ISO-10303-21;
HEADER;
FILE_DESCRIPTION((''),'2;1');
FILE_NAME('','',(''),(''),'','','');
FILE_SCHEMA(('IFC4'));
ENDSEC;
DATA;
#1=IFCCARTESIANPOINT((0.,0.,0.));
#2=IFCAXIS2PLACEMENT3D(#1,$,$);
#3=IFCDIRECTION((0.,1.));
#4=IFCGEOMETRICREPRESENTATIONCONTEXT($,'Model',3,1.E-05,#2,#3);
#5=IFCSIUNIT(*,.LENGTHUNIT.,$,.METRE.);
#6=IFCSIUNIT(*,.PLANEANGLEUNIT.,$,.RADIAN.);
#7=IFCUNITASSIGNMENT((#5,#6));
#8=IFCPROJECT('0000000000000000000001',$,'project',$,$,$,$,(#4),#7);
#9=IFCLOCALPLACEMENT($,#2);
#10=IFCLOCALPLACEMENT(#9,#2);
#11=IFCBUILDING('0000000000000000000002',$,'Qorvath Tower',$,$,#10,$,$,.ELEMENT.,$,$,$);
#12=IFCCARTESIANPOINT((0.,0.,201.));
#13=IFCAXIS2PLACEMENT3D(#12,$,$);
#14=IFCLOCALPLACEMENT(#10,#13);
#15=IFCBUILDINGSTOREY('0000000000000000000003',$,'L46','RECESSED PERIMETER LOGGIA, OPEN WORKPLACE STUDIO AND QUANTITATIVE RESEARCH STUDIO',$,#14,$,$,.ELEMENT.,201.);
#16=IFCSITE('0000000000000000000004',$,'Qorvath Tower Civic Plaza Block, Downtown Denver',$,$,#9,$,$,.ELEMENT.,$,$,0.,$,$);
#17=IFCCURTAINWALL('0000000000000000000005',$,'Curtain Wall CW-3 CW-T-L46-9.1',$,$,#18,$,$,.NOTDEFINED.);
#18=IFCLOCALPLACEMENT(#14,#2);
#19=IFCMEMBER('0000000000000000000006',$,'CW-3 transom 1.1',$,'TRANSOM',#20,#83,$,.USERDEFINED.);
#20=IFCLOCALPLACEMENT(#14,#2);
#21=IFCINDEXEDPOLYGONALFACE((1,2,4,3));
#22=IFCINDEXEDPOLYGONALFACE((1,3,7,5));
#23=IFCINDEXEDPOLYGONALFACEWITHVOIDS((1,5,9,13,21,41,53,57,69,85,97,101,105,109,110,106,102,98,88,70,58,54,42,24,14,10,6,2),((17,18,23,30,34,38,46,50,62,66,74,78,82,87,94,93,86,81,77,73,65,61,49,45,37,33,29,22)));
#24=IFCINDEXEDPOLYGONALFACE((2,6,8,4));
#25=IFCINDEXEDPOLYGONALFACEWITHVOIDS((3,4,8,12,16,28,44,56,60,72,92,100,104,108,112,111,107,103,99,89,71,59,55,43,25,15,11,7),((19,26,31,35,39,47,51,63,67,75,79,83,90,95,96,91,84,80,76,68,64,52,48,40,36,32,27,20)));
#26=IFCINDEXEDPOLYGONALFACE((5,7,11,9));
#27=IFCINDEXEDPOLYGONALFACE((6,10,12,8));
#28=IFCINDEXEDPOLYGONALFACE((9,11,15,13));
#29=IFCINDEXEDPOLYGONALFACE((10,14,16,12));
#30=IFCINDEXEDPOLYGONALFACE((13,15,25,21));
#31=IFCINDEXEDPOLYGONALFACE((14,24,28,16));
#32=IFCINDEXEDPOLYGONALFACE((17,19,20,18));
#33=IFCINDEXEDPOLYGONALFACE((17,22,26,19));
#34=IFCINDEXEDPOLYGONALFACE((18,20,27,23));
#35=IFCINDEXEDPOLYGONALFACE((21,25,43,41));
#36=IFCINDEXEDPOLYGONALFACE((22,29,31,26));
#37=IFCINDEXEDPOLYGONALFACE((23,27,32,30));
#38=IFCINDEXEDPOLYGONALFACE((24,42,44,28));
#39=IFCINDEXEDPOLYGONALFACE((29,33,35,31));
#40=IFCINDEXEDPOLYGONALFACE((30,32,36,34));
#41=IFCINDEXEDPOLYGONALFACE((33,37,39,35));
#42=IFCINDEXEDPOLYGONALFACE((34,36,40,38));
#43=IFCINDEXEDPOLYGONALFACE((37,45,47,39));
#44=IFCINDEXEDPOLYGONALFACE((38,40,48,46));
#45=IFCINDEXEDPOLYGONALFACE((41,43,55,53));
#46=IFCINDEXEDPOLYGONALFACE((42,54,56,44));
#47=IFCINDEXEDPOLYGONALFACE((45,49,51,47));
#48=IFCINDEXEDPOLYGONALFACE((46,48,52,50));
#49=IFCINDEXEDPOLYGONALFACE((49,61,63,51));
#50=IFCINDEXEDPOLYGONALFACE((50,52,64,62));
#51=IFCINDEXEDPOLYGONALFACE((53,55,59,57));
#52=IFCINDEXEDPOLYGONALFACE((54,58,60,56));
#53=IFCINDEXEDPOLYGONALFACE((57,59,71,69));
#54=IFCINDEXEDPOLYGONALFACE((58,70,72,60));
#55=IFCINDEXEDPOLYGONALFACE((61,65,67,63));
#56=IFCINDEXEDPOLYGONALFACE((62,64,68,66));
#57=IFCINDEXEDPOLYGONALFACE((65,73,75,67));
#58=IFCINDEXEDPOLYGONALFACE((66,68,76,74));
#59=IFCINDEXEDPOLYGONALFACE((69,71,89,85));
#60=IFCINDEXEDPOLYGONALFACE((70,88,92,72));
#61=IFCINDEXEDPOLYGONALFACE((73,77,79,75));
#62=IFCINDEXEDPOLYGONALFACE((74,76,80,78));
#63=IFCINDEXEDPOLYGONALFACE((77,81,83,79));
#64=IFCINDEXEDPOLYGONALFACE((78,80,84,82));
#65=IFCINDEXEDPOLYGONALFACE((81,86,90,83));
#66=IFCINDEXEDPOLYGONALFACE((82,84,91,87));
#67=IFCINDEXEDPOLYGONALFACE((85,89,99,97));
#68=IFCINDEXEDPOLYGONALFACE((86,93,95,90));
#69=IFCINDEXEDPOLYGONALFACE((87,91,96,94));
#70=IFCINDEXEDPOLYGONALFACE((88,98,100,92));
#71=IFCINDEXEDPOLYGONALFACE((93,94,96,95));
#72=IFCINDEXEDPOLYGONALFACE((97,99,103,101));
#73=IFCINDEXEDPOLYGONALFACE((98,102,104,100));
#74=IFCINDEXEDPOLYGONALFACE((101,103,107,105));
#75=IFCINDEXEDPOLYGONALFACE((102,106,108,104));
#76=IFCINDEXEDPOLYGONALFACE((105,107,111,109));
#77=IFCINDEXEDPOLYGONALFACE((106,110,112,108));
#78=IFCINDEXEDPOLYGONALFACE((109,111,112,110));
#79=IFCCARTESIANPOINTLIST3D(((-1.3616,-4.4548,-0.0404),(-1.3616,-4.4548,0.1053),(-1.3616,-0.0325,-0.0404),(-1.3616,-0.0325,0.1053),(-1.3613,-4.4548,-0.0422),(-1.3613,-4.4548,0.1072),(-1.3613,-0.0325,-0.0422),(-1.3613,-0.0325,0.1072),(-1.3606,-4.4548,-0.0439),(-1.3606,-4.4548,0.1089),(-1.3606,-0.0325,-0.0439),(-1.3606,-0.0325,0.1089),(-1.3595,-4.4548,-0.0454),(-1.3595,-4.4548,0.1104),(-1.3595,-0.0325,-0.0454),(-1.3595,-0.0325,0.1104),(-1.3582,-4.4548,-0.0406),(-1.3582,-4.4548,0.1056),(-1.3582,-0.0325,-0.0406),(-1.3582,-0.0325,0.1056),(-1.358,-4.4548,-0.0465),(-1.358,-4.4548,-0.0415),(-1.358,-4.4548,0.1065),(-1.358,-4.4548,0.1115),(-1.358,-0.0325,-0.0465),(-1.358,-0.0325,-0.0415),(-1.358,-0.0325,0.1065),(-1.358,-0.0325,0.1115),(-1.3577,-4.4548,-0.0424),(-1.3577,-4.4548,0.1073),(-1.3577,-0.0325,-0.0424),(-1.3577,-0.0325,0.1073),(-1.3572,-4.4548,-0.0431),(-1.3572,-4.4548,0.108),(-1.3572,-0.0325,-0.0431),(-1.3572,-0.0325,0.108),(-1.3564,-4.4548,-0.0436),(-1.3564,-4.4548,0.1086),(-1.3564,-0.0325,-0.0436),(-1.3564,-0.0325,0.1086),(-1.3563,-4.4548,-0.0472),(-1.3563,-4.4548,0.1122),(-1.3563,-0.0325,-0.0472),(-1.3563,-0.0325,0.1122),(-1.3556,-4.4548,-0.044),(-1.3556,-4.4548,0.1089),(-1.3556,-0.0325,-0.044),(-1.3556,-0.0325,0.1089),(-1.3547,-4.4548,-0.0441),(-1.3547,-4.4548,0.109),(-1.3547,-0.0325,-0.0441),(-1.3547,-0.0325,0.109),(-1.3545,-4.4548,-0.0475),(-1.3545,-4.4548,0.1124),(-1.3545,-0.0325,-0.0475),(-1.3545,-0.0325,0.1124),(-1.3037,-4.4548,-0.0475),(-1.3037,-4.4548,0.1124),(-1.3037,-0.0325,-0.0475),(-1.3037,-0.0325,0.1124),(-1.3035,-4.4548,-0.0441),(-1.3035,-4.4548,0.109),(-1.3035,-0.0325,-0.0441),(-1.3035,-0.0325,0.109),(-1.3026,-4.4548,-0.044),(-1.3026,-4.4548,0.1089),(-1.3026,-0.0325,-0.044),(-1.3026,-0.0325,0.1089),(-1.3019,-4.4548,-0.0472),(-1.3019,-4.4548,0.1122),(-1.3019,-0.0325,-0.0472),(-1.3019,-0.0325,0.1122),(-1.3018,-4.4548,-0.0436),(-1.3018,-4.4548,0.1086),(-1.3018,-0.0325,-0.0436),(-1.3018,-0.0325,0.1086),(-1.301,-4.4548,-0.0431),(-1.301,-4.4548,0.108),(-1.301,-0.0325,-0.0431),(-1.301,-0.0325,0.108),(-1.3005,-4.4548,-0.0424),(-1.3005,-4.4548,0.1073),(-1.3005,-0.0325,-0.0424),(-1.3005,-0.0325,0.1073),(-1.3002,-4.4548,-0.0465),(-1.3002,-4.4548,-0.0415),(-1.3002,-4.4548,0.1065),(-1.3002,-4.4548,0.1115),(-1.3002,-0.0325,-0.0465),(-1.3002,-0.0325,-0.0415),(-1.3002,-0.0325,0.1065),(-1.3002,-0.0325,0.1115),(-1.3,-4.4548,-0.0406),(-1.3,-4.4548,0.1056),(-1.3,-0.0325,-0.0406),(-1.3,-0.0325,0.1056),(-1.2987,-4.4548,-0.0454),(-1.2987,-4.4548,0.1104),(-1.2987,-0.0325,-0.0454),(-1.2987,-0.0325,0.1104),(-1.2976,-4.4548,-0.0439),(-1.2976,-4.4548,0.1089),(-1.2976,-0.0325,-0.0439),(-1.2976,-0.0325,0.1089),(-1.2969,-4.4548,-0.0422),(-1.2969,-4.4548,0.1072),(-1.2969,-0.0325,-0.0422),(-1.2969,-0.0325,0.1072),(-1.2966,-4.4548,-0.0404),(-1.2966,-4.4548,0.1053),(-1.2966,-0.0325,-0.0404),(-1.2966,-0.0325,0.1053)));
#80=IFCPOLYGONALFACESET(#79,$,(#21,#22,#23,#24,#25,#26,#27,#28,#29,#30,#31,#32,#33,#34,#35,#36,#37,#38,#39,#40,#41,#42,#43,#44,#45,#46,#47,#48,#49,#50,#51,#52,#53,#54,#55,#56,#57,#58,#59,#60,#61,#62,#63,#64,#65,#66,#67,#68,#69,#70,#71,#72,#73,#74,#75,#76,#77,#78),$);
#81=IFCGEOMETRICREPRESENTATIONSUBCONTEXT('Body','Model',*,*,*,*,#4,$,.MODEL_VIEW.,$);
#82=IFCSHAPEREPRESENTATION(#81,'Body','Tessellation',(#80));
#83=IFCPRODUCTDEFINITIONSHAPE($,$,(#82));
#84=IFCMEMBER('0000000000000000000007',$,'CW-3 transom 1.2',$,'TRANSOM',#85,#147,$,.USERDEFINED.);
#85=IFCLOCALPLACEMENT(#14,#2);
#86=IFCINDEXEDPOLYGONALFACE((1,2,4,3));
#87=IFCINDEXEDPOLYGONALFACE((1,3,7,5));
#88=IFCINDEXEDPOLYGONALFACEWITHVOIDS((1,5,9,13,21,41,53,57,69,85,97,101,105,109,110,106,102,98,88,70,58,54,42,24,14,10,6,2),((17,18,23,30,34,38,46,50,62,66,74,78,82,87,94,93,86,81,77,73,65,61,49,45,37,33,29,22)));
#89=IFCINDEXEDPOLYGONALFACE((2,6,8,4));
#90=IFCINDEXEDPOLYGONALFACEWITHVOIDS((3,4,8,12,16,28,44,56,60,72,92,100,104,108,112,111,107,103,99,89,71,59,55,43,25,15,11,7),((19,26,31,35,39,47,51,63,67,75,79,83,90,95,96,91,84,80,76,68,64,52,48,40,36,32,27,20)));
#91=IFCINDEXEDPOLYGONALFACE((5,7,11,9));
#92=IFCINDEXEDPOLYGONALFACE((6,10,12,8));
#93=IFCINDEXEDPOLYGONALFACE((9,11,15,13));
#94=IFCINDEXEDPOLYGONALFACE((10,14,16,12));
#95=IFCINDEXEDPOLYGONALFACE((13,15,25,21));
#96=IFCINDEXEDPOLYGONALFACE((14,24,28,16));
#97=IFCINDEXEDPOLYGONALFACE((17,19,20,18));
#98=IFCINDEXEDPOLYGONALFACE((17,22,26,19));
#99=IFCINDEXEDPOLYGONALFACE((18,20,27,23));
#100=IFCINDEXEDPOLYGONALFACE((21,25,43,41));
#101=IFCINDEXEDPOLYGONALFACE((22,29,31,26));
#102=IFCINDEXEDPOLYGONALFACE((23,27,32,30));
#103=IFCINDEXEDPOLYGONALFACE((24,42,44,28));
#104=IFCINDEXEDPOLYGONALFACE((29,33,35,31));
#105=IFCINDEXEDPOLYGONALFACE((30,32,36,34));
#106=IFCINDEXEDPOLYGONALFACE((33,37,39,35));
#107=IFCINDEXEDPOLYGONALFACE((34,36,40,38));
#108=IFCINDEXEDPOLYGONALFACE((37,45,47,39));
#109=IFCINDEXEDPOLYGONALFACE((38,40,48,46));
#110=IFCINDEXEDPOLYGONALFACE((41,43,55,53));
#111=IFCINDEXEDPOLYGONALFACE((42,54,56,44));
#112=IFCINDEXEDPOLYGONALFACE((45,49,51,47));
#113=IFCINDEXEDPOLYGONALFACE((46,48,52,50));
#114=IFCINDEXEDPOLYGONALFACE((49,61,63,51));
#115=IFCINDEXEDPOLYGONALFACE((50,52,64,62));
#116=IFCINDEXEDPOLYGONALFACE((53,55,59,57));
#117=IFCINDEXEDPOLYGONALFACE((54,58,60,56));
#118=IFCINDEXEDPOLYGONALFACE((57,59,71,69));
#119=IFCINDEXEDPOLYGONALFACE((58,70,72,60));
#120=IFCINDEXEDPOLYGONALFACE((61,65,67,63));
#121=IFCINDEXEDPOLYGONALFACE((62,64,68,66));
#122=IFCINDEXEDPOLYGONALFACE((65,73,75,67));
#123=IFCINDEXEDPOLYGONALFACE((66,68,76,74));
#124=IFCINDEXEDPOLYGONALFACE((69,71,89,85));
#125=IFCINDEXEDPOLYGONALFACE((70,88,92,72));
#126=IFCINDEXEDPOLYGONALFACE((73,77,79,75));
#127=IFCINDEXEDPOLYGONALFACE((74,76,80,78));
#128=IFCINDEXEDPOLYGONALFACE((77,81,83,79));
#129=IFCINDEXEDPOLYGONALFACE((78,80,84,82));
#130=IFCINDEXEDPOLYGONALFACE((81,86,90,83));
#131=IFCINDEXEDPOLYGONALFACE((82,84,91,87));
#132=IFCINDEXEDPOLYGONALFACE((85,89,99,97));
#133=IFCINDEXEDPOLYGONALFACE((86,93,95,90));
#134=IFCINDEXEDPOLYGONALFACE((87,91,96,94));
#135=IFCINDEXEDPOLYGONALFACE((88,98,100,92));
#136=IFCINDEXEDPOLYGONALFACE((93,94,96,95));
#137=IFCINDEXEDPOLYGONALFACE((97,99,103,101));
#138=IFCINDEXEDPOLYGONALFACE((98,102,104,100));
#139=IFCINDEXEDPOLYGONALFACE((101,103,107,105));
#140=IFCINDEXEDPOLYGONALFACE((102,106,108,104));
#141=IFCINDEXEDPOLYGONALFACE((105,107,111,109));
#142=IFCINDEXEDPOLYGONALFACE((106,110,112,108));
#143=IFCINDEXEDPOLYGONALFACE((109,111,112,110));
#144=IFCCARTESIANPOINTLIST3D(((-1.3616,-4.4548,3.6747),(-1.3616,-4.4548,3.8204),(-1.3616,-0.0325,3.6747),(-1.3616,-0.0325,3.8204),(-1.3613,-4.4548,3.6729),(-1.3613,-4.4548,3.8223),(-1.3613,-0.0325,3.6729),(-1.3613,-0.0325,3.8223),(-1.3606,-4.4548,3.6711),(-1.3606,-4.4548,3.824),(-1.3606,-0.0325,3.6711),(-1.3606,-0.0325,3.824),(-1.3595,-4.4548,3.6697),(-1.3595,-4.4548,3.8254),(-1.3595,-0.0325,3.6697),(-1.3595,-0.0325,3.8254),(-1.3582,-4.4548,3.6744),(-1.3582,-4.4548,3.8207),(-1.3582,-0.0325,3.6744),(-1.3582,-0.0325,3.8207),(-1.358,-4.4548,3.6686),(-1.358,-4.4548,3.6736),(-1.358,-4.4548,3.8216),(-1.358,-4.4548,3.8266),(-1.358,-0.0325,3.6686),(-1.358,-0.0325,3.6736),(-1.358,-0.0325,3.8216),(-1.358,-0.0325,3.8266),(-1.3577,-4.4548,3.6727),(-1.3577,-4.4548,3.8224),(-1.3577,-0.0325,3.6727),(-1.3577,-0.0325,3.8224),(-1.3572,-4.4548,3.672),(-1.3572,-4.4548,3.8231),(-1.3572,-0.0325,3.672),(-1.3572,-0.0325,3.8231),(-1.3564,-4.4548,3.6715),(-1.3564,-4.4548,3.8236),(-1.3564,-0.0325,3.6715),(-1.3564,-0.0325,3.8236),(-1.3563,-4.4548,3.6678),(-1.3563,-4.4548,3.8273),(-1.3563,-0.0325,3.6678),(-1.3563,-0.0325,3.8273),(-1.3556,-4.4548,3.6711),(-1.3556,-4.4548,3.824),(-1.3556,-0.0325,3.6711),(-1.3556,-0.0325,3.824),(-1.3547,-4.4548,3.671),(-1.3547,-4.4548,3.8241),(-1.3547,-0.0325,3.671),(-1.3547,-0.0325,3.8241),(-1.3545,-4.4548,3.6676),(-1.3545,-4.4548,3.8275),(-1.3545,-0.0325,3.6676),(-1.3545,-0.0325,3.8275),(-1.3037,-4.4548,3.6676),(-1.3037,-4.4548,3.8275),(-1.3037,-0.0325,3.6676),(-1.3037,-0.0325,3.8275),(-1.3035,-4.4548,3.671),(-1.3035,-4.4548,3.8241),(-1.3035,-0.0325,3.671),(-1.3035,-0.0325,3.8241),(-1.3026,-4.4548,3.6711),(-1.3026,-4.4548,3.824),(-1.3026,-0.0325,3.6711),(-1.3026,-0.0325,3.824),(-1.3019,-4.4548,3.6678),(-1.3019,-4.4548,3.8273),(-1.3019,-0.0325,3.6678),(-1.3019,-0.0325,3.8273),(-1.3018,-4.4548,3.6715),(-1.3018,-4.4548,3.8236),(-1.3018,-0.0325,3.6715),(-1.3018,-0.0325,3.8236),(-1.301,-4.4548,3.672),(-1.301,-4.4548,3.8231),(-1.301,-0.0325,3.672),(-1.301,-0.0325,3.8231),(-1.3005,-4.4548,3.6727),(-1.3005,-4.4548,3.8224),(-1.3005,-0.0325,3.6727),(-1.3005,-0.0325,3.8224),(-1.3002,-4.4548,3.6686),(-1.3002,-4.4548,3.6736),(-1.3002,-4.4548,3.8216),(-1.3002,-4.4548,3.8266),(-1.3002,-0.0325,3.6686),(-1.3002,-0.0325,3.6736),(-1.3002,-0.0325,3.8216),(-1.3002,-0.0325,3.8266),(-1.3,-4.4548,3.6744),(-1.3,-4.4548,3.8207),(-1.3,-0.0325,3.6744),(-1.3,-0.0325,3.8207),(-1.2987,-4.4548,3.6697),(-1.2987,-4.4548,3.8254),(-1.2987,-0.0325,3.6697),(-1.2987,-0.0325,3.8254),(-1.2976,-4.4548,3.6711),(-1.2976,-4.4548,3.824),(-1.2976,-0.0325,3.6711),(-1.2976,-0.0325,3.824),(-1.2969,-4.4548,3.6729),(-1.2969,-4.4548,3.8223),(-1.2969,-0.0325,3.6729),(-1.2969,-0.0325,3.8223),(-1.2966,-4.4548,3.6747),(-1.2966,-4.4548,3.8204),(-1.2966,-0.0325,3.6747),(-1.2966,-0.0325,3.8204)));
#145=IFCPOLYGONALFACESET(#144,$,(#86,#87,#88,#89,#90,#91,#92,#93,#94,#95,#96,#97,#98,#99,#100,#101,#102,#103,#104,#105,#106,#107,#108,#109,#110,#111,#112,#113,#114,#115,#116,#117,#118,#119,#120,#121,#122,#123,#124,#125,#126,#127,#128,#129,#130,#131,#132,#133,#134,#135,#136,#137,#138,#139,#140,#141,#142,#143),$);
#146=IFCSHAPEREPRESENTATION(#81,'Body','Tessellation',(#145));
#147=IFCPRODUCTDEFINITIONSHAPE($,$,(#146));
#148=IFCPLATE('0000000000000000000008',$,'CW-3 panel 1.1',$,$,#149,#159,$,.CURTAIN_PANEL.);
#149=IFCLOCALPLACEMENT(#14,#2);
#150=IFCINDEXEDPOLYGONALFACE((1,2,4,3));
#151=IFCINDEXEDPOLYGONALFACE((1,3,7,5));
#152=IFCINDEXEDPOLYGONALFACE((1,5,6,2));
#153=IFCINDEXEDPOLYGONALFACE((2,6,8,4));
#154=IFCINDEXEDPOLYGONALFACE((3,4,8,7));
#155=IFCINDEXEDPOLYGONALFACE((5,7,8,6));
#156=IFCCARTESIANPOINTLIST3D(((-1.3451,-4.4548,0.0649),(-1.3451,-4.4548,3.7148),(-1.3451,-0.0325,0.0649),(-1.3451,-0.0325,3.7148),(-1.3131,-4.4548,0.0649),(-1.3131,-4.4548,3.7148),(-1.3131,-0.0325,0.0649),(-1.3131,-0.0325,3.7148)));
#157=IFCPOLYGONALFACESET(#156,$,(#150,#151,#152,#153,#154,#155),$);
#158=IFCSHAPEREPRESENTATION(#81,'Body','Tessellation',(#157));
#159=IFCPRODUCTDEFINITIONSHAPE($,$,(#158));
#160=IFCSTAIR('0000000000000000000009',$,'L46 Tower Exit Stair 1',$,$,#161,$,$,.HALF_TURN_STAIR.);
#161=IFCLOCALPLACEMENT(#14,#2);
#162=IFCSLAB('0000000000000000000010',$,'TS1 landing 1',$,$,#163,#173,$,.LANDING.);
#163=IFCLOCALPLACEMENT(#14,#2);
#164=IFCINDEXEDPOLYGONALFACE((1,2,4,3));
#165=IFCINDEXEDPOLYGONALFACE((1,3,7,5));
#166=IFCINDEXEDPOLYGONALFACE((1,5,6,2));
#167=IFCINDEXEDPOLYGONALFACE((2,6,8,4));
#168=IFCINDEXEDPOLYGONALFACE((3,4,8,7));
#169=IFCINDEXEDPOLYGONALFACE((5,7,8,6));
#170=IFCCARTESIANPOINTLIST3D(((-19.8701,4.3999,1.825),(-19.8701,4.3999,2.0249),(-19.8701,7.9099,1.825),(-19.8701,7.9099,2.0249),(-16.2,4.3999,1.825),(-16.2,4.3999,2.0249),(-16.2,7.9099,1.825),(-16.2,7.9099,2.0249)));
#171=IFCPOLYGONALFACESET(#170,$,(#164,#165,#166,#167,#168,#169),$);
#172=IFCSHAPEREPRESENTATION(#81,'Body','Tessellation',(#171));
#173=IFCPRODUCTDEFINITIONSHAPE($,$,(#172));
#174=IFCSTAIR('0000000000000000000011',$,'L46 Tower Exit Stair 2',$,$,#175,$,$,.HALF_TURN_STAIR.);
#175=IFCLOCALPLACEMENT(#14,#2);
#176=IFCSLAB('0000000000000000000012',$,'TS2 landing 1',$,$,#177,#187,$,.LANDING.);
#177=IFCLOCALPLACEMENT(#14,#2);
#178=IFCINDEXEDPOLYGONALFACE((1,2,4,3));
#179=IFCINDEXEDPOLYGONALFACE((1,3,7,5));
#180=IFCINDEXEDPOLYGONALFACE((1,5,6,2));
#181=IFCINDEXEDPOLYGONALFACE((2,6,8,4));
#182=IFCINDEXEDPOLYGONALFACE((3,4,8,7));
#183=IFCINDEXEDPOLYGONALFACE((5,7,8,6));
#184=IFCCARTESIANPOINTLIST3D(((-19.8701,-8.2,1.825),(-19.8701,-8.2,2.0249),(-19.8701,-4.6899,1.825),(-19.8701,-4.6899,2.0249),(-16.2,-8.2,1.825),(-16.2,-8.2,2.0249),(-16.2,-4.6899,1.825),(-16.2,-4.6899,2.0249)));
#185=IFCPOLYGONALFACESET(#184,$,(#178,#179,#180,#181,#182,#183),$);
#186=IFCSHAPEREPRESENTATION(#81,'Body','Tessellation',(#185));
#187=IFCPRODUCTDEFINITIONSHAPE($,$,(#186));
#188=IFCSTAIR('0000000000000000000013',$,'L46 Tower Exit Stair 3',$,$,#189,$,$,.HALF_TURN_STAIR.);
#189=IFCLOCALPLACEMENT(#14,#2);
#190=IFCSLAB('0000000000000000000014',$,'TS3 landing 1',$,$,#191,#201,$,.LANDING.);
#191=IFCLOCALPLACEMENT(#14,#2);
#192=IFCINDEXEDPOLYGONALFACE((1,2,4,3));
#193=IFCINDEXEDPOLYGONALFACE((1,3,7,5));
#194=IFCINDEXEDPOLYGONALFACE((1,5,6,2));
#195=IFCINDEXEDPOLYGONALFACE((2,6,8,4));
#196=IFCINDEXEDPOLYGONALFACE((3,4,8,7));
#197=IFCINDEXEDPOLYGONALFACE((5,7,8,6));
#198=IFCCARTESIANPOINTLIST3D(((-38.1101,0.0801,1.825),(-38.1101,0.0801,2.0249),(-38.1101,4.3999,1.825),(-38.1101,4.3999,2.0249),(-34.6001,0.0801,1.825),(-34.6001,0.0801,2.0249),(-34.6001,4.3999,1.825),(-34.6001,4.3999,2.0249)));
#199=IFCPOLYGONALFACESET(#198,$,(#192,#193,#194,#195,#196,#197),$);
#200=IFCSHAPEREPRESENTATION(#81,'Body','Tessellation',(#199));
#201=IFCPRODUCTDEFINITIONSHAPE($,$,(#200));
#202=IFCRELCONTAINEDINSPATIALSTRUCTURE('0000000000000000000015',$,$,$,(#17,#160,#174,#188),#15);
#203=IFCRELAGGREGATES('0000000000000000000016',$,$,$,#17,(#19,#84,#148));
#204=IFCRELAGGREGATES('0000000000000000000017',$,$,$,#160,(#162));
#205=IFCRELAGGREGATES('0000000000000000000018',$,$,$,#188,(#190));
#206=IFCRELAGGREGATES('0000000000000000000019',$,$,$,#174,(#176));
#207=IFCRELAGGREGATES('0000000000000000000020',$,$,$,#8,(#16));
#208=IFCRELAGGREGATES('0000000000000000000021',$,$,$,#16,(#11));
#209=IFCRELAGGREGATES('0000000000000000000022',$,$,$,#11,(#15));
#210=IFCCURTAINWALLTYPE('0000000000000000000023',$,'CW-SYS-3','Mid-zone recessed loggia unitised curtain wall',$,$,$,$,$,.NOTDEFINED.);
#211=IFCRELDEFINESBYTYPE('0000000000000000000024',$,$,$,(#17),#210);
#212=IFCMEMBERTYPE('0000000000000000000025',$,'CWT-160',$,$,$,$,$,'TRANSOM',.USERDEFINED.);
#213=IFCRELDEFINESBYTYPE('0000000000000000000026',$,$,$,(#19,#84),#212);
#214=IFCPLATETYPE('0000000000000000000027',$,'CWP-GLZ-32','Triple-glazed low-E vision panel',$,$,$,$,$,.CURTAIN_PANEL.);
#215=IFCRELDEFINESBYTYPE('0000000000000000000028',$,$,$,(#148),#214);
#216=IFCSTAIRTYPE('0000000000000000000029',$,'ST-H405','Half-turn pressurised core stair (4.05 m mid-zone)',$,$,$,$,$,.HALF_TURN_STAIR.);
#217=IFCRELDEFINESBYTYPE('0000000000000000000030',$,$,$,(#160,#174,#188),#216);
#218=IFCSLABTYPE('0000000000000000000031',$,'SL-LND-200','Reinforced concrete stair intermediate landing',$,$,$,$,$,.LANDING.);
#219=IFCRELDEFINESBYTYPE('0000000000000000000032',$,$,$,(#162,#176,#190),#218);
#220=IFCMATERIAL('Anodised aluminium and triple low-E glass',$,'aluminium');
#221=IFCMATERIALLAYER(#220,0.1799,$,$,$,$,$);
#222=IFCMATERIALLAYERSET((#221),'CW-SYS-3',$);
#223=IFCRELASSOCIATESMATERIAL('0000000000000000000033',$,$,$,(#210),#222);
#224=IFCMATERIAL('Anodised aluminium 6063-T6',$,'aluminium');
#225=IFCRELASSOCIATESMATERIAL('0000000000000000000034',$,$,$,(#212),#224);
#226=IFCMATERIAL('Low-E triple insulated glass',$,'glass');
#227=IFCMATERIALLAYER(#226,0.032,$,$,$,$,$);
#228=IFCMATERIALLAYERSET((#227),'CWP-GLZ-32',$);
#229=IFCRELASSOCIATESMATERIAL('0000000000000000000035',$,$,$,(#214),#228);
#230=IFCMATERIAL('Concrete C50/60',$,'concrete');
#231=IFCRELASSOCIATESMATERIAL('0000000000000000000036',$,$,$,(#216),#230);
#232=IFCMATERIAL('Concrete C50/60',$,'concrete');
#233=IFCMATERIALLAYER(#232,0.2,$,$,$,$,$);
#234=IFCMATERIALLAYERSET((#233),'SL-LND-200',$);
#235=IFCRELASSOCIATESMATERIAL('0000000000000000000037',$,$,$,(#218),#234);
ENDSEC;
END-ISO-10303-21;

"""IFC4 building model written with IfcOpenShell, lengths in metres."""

from ifc_helpers import new_model, si_unit, direction, frame, origin, origin_2d, place, context, subcontext, project, spatial, polyline, rectangle, hollow_rectangle, outline, extrude, material, layer, layer_set, material_profile, profile_set, type_object, element, aggregate, save


model = new_model("IFC4")

# Units and contexts
model_context = context("Model", 3, precision=1e-05, world=origin(), true_north=direction((0.0, 1.0)))
body_context = subcontext(model_context, "Body", "Model", "MODEL_VIEW")
ifc_project = project(units=[si_unit("LENGTHUNIT", "METRE"), si_unit("PLANEANGLEUNIT", "RADIAN")], contexts=[model_context])

# Site, building, storey
site_placement = place(None, origin())
site = spatial("IfcSite", under=ifc_project, at=site_placement, Name="Qorvath Tower Civic Plaza Block, Downtown Denver", CompositionType="ELEMENT", RefElevation=0.0)
building_placement = place(site_placement, origin())
building = spatial("IfcBuilding", under=site, at=building_placement, Name="Qorvath Tower", CompositionType="ELEMENT")
storey_placement = place(building_placement, frame((0.0, 0.0, 201.0)))
storey = spatial("IfcBuildingStorey", under=building, at=storey_placement, Name="L46", Description="RECESSED PERIMETER LOGGIA, OPEN WORKPLACE STUDIO AND QUANTITATIVE RESEARCH STUDIO", CompositionType="ELEMENT", Elevation=201.0)

# Curtain wall, members, plate
ifc_material_1 = material(Name="Anodised aluminium and triple low-E glass", Category="aluminium")
ifc_layer_1 = layer(ifc_material_1, 0.1799)
ifc_layer_set_1 = layer_set([ifc_layer_1], Name="CW-SYS-3")
curtain_wall_type = type_object("IfcCurtainWallType", Name="CW-SYS-3", Description="Mid-zone recessed loggia unitised curtain wall", PredefinedType="NOTDEFINED", material=ifc_layer_set_1)
curtain_wall_placement = place(storey_placement, origin())
curtain_wall = element("IfcCurtainWall", 1, at=curtain_wall_placement, inside=storey, type_object=curtain_wall_type, Name="Curtain Wall CW-3 CW-T-L46-9.1", PredefinedType="NOTDEFINED")
ifc_material_2 = material(Name="Anodised aluminium 6063-T6", Category="aluminium")
ifc_material_profile_1 = material_profile(ifc_material_2, hollow_rectangle(XDim=0.0649, YDim=0.1599, WallThickness=0.0034, InnerFilletRadius=0.0034, OuterFilletRadius=0.0071, at=origin_2d()), Name="CWT 160x65")
ifc_profile_set_1 = profile_set([ifc_material_profile_1], Name="Anodised aluminium 6063-T6")
member_type_1 = type_object("IfcMemberType", Name="CWT-160", ElementType="TRANSOM", PredefinedType="USERDEFINED", material=ifc_profile_set_1)
member_1_placement = place(storey_placement, frame((-1.3291, -4.4548, 0.0325), z_axis=(0.0, 1.0, 0.0), x_axis=(-1.0, 0.0, 0.0)))
member_1 = element("IfcMember", 2, at=member_1_placement, type_object=member_type_1, Name="CW-3 transom 1.1", ObjectType="TRANSOM", PredefinedType="USERDEFINED", context=body_context, shape_type="SweptSolid", body=[
    extrude(hollow_rectangle(XDim=0.0649, YDim=0.1599, WallThickness=0.0034, InnerFilletRadius=0.0034, OuterFilletRadius=0.0071, at=origin_2d()), origin(), (0.0, 0.0, 1.0), 4.4224),
])
member_2_placement = place(storey_placement, frame((-1.3291, -4.4548, 3.7476), z_axis=(0.0, 1.0, 0.0), x_axis=(-1.0, 0.0, 0.0)))
member_2 = element("IfcMember", 3, at=member_2_placement, type_object=member_type_1, Name="CW-3 transom 1.2", ObjectType="TRANSOM", PredefinedType="USERDEFINED", context=body_context, shape_type="SweptSolid", body=[
    extrude(hollow_rectangle(XDim=0.0649, YDim=0.1599, WallThickness=0.0034, InnerFilletRadius=0.0034, OuterFilletRadius=0.0071, at=origin_2d()), origin(), (0.0, 0.0, 1.0), 4.4224),
])
ifc_material_3 = material(Name="Low-E triple insulated glass", Category="glass")
ifc_layer_2 = layer(ifc_material_3, 0.032)
ifc_layer_set_2 = layer_set([ifc_layer_2], Name="CWP-GLZ-32")
plate_type = type_object("IfcPlateType", Name="CWP-GLZ-32", Description="Triple-glazed low-E vision panel", PredefinedType="CURTAIN_PANEL", material=ifc_layer_set_2)
plate_placement = place(storey_placement, frame((-1.3291, -2.2437, 0.0649), z_axis=(0.0, 0.0, 1.0), x_axis=(0.0, 1.0, 0.0)))
plate = element("IfcPlate", 4, at=plate_placement, type_object=plate_type, Name="CW-3 panel 1.1", PredefinedType="CURTAIN_PANEL", context=body_context, shape_type="SweptSolid", body=[
    extrude(rectangle(XDim=4.4224, YDim=0.032, at=origin_2d()), origin(), (0.0, 0.0, 1.0), 3.6499),
])
aggregate(curtain_wall, [member_1, member_2, plate])

# Stairs, slabs
ifc_material_4 = material(Name="Concrete C50/60", Category="concrete")
stair_type = type_object("IfcStairType", Name="ST-H405", Description="Half-turn pressurised core stair (4.05 m mid-zone)", PredefinedType="HALF_TURN_STAIR", material=ifc_material_4)
stair_1_placement = place(storey_placement, origin())
stair_1 = element("IfcStair", 5, at=stair_1_placement, inside=storey, type_object=stair_type, Name="L46 Tower Exit Stair 1", PredefinedType="HALF_TURN_STAIR")
ifc_material_5 = material(Name="Concrete C50/60", Category="concrete")
ifc_layer_3 = layer(ifc_material_5, 0.2)
ifc_layer_set_3 = layer_set([ifc_layer_3], Name="SL-LND-200")
slab_type_1 = type_object("IfcSlabType", Name="SL-LND-200", Description="Reinforced concrete stair intermediate landing", PredefinedType="LANDING", material=ifc_layer_set_3)
slab_1_placement = place(storey_placement, frame((0.0, 0.0, 1.825)))
slab_1 = element("IfcSlab", 6, at=slab_1_placement, type_object=slab_type_1, Name="TS1 landing 1", PredefinedType="LANDING", context=body_context, shape_type="SweptSolid", body=[
    extrude(outline(polyline([(-19.8701, 4.3999), (-16.2, 4.3999), (-16.2, 7.9099), (-19.8701, 7.9099), (-19.8701, 4.3999)])), origin(), (0.0, 0.0, 1.0), 0.2),
])
aggregate(stair_1, [slab_1])
stair_2_placement = place(storey_placement, origin())
stair_2 = element("IfcStair", 7, at=stair_2_placement, inside=storey, type_object=stair_type, Name="L46 Tower Exit Stair 2", PredefinedType="HALF_TURN_STAIR")
slab_2_placement = place(storey_placement, frame((0.0, 0.0, 1.825)))
slab_2 = element("IfcSlab", 8, at=slab_2_placement, type_object=slab_type_1, Name="TS2 landing 1", PredefinedType="LANDING", context=body_context, shape_type="SweptSolid", body=[
    extrude(outline(polyline([(-19.8701, -8.2), (-16.2, -8.2), (-16.2, -4.6899), (-19.8701, -4.6899), (-19.8701, -8.2)])), origin(), (0.0, 0.0, 1.0), 0.2),
])
stair_3_placement = place(storey_placement, origin())
stair_3 = element("IfcStair", 9, at=stair_3_placement, inside=storey, type_object=stair_type, Name="L46 Tower Exit Stair 3", PredefinedType="HALF_TURN_STAIR")
slab_3_placement = place(storey_placement, frame((0.0, 0.0, 1.825)))
slab_3 = element("IfcSlab", 10, at=slab_3_placement, type_object=slab_type_1, Name="TS3 landing 1", PredefinedType="LANDING", context=body_context, shape_type="SweptSolid", body=[
    extrude(outline(polyline([(-34.6001, 0.0801), (-34.6001, 4.3999), (-38.1101, 4.3999), (-38.1101, 0.0801), (-34.6001, 0.0801)])), origin(), (0.0, 0.0, 1.0), 0.2),
])
aggregate(stair_3, [slab_3])

aggregate(stair_2, [slab_2])

save(model, "model.ifc")
